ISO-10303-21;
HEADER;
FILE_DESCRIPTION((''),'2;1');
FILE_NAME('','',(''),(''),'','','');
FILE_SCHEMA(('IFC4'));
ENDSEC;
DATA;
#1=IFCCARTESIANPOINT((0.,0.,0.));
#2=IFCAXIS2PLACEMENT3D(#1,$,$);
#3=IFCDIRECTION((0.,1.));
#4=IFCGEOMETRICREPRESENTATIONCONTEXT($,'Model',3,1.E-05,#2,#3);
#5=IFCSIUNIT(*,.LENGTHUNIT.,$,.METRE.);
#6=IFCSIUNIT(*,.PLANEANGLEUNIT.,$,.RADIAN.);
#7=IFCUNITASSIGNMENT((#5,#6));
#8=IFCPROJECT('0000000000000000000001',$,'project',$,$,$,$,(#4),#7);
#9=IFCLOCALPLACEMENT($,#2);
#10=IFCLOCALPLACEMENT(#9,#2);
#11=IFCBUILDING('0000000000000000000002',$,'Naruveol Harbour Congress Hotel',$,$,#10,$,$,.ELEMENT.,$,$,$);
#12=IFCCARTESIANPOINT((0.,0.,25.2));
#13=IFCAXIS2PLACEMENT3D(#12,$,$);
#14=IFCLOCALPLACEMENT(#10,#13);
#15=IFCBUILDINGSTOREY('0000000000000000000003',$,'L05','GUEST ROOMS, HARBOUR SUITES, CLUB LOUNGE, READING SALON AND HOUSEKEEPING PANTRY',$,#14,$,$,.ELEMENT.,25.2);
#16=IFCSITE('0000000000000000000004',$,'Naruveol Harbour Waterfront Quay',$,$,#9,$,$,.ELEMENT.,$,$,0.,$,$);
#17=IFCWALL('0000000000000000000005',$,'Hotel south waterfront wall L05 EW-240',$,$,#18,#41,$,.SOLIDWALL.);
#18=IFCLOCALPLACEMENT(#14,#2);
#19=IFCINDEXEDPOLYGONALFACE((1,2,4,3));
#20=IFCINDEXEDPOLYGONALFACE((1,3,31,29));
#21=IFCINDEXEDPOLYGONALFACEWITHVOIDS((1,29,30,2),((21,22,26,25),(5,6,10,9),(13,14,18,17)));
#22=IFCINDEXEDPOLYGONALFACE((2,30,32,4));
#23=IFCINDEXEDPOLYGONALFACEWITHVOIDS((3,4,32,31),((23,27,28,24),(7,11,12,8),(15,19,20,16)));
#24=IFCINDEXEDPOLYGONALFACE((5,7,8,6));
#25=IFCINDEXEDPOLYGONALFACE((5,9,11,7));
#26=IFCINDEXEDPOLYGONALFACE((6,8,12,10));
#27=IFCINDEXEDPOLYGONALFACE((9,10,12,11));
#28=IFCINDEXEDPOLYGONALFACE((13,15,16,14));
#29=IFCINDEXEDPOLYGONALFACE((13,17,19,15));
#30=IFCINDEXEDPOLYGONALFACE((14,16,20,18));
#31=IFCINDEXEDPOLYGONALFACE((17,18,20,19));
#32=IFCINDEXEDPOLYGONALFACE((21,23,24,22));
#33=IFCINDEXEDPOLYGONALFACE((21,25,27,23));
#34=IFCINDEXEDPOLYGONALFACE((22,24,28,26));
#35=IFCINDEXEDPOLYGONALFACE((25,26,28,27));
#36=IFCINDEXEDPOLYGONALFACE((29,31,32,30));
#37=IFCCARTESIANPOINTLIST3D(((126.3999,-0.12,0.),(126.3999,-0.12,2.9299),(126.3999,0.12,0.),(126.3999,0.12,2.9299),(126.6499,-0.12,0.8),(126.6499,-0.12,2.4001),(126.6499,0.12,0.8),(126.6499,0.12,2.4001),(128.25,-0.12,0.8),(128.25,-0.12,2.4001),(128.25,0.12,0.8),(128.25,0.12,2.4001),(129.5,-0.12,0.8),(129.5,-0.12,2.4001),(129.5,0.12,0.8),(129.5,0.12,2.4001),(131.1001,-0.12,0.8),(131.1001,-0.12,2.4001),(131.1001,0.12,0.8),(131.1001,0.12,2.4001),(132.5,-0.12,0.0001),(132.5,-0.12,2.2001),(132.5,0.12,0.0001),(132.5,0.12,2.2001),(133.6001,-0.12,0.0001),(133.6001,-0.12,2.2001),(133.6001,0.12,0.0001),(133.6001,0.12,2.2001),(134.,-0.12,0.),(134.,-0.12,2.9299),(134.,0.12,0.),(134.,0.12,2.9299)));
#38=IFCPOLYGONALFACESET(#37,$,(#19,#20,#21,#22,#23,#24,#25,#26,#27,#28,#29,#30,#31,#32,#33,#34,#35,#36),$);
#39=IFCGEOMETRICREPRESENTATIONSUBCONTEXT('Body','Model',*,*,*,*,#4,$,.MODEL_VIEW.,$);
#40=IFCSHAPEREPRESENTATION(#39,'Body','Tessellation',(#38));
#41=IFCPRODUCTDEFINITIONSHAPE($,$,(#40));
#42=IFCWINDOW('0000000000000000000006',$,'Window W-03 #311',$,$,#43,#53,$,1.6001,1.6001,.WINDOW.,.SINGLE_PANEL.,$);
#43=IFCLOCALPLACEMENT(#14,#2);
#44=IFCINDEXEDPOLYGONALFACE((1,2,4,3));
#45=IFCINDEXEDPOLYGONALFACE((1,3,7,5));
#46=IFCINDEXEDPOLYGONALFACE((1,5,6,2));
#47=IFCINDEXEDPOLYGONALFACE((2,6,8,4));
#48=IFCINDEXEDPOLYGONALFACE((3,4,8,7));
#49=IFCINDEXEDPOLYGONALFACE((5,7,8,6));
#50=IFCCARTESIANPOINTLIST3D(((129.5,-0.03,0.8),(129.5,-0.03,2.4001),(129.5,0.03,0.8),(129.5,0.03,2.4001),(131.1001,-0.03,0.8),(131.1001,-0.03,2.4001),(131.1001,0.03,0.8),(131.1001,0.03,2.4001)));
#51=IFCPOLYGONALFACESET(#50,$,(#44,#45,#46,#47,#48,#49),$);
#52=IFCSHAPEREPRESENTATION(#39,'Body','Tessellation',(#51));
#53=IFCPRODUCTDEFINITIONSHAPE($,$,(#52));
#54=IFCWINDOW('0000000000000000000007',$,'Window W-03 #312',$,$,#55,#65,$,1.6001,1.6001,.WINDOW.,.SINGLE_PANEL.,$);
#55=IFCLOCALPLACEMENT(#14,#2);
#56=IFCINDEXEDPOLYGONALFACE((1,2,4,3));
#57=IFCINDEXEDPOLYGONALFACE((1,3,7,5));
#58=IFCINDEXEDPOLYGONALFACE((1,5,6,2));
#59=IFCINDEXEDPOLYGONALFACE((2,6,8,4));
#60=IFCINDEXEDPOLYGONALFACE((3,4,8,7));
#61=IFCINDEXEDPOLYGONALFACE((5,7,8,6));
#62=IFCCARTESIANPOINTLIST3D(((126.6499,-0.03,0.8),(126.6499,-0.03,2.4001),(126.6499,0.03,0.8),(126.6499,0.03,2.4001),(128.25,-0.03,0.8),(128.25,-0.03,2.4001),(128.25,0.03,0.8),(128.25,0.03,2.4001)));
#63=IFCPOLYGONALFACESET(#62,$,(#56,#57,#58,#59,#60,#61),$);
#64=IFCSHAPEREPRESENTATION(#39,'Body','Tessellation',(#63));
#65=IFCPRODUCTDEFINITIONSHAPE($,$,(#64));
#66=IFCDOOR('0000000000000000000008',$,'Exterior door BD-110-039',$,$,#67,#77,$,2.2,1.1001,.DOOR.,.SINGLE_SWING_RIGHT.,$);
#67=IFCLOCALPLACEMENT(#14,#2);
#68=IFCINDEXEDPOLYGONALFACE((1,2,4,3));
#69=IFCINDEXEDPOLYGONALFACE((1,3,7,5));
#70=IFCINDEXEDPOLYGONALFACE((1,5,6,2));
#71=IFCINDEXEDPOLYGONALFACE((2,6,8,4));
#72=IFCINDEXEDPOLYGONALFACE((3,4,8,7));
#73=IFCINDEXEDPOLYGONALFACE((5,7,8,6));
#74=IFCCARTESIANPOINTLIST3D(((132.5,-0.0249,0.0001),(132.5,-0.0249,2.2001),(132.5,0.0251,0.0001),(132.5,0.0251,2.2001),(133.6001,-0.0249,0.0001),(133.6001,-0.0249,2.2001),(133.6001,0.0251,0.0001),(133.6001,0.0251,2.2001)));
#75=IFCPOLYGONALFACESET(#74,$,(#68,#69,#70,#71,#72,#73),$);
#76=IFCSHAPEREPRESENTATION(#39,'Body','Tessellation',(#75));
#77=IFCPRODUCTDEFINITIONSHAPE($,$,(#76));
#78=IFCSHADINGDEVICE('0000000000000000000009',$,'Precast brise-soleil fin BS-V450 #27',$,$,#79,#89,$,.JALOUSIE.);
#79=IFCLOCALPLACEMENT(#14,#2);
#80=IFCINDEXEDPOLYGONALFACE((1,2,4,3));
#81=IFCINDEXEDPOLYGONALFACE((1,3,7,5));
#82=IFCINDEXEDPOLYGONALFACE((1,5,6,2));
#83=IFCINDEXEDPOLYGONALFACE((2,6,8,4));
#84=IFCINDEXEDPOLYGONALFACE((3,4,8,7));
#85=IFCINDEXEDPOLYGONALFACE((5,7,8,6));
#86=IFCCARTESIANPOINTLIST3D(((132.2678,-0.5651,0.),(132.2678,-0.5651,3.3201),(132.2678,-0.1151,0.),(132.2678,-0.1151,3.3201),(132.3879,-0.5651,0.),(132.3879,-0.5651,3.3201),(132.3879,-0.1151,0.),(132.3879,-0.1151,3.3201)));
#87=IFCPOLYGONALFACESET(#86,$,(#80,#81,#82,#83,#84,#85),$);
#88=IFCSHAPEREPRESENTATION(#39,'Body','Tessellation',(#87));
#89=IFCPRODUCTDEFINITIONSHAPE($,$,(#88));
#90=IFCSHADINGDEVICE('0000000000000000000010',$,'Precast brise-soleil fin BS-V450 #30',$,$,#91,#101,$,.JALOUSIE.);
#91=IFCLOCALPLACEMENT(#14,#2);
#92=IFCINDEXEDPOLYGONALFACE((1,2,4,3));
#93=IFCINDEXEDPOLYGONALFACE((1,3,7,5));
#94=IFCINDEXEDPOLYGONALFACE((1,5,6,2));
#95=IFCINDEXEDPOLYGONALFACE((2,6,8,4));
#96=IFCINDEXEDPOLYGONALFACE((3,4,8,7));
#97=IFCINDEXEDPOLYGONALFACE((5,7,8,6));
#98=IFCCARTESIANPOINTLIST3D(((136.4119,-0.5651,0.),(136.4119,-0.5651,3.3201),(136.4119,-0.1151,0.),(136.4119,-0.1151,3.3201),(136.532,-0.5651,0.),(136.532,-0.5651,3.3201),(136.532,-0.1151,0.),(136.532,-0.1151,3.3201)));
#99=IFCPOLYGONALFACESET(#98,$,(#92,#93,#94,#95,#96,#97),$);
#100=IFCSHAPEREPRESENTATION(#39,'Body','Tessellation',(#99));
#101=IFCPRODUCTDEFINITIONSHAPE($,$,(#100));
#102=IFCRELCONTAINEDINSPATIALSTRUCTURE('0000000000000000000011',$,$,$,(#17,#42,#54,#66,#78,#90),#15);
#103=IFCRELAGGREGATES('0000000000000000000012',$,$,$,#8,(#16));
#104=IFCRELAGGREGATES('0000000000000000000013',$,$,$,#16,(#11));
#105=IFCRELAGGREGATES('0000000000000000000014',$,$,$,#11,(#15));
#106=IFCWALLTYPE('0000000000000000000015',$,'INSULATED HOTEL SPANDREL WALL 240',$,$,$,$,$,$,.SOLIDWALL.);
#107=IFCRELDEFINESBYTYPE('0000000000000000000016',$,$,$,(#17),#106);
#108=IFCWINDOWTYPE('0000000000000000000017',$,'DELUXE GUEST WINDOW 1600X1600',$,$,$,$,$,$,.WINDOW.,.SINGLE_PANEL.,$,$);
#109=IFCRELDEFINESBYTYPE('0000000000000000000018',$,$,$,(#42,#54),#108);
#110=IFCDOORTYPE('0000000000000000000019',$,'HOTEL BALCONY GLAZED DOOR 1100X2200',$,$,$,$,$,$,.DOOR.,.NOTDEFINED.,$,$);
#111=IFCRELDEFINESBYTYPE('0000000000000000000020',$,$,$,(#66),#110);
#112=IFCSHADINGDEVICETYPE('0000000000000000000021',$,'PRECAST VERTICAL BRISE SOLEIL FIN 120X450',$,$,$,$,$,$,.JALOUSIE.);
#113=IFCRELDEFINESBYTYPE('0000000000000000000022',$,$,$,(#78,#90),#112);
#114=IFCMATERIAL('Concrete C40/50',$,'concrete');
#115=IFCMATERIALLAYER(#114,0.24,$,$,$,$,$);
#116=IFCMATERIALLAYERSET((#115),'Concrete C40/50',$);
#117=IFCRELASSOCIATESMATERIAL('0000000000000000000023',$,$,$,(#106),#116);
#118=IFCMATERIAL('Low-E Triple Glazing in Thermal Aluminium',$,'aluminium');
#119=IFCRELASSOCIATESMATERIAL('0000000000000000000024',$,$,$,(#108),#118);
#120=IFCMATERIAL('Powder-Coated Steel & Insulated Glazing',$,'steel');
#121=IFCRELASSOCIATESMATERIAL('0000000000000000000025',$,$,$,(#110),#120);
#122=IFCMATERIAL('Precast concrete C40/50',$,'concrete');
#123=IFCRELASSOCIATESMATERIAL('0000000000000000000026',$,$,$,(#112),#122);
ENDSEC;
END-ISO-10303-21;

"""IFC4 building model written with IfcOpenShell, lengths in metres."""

from ifc_helpers import new_model, si_unit, direction, frame, frame_2d, origin, origin_2d, place, context, subcontext, project, spatial, rectangle, extrude, material, layer, layer_set, type_object, element, fill, save


model = new_model("IFC4")

# Units and contexts
model_context = context("Model", 3, precision=1e-05, world=origin(), true_north=direction((0.0, 1.0)))
body_context = subcontext(model_context, "Body", "Model", "MODEL_VIEW")
ifc_project = project(units=[si_unit("LENGTHUNIT", "METRE"), si_unit("PLANEANGLEUNIT", "RADIAN")], contexts=[model_context])

# Site, building, storey
site_placement = place(None, origin())
site = spatial("IfcSite", under=ifc_project, at=site_placement, Name="Naruveol Harbour Waterfront Quay", CompositionType="ELEMENT", RefElevation=0.0)
building_placement = place(site_placement, origin())
building = spatial("IfcBuilding", under=site, at=building_placement, Name="Naruveol Harbour Congress Hotel", CompositionType="ELEMENT")
storey_placement = place(building_placement, frame((0.0, 0.0, 25.2)))
storey = spatial("IfcBuildingStorey", under=building, at=storey_placement, Name="L05", Description="GUEST ROOMS, HARBOUR SUITES, CLUB LOUNGE, READING SALON AND HOUSEKEEPING PANTRY", CompositionType="ELEMENT", Elevation=25.2)

# Wall, openings, windows, door
ifc_material_1 = material(Name="Concrete C40/50", Category="concrete")
ifc_layer_1 = layer(ifc_material_1, 0.24)
ifc_layer_set_1 = layer_set([ifc_layer_1], Name="Concrete C40/50")
wall_type_1 = type_object("IfcWallType", Name="INSULATED HOTEL SPANDREL WALL 240", PredefinedType="SOLIDWALL", material=ifc_layer_set_1)
wall_1_placement = place(storey_placement, frame((134.0, 0.0, 0.0), z_axis=(0.0, 0.0, 1.0), x_axis=(-1.0, 0.0, 0.0)))
wall_1 = element("IfcWall", 1, at=wall_1_placement, inside=storey, type_object=wall_type_1, Name="Hotel south waterfront wall L05 EW-240", PredefinedType="SOLIDWALL", context=body_context, shape_type="SweptSolid", body=[
    extrude(rectangle(XDim=7.6001, YDim=0.24, at=frame_2d((3.8, 0.0))), origin(), (0.0, 0.0, 1.0), 2.9299),
])
opening_1_placement = place(wall_1_placement, frame((0.3999, 0.0, 0.0)))
opening_1 = element("IfcOpeningElement", 2, at=opening_1_placement, cuts=wall_1, PredefinedType="OPENING", context=body_context, shape_type="SweptSolid", body=[
    extrude(rectangle(XDim=1.1001, YDim=2.2, at=frame_2d((0.55, 1.1001))), frame((0.0, 0.1299, 0.0), z_axis=(0.0, -1.0, 0.0), x_axis=(1.0, 0.0, 0.0)), (0.0, 0.0, 1.0), 0.26),
])
opening_2_placement = place(wall_1_placement, frame((2.8999, 0.0, 0.8)))
opening_2 = element("IfcOpeningElement", 3, at=opening_2_placement, cuts=wall_1, PredefinedType="OPENING", context=body_context, shape_type="SweptSolid", body=[
    extrude(rectangle(XDim=1.6001, YDim=1.6001, at=frame_2d((0.8, 0.8))), frame((0.0, 0.1299, 0.0), z_axis=(0.0, -1.0, 0.0), x_axis=(1.0, 0.0, 0.0)), (0.0, 0.0, 1.0), 0.26),
])
opening_3_placement = place(wall_1_placement, frame((5.75, 0.0, 0.8)))
opening_3 = element("IfcOpeningElement", 4, at=opening_3_placement, cuts=wall_1, PredefinedType="OPENING", context=body_context, shape_type="SweptSolid", body=[
    extrude(rectangle(XDim=1.6001, YDim=1.6001, at=frame_2d((0.8, 0.8))), frame((0.0, 0.1299, 0.0), z_axis=(0.0, -1.0, 0.0), x_axis=(1.0, 0.0, 0.0)), (0.0, 0.0, 1.0), 0.26),
])
ifc_material_2 = material(Name="Low-E Triple Glazing in Thermal Aluminium", Category="aluminium")
window_type = type_object("IfcWindowType", Name="DELUXE GUEST WINDOW 1600X1600", PartitioningType="SINGLE_PANEL", PredefinedType="WINDOW", material=ifc_material_2)
window_1_placement = place(opening_2_placement, origin())
window_1 = element("IfcWindow", 5, at=window_1_placement, inside=storey, type_object=window_type, Name="Window W-03 #311", OverallHeight=1.6001, OverallWidth=1.6001, PartitioningType="SINGLE_PANEL", PredefinedType="WINDOW", context=body_context, shape_type="SweptSolid", body=[
    extrude(rectangle(XDim=1.6001, YDim=1.6001, at=frame_2d((0.8, 0.8))), frame((0.0, 0.03, 0.0), z_axis=(0.0, -1.0, 0.0), x_axis=(1.0, 0.0, 0.0)), (0.0, 0.0, 1.0), 0.0601),
])
fill(opening_2, window_1)
window_2_placement = place(opening_3_placement, origin())
window_2 = element("IfcWindow", 6, at=window_2_placement, inside=storey, type_object=window_type, Name="Window W-03 #312", OverallHeight=1.6001, OverallWidth=1.6001, PartitioningType="SINGLE_PANEL", PredefinedType="WINDOW", context=body_context, shape_type="SweptSolid", body=[
    extrude(rectangle(XDim=1.6001, YDim=1.6001, at=frame_2d((0.8, 0.8))), frame((0.0, 0.03, 0.0), z_axis=(0.0, -1.0, 0.0), x_axis=(1.0, 0.0, 0.0)), (0.0, 0.0, 1.0), 0.0601),
])
fill(opening_3, window_2)
ifc_material_3 = material(Name="Powder-Coated Steel & Insulated Glazing", Category="steel")
door_type_1 = type_object("IfcDoorType", Name="HOTEL BALCONY GLAZED DOOR 1100X2200", OperationType="NOTDEFINED", PredefinedType="DOOR", material=ifc_material_3)
door_1_placement = place(opening_1_placement, origin())
door_1 = element("IfcDoor", 7, at=door_1_placement, inside=storey, type_object=door_type_1, Name="Exterior door BD-110-039", OperationType="SINGLE_SWING_RIGHT", OverallHeight=2.2, OverallWidth=1.1001, PredefinedType="DOOR", context=body_context, shape_type="SweptSolid", body=[
    extrude(rectangle(XDim=1.1001, YDim=2.2, at=frame_2d((0.55, 1.1001))), frame((0.0, 0.0249, 0.0), z_axis=(0.0, -1.0, 0.0), x_axis=(1.0, 0.0, 0.0)), (0.0, 0.0, 1.0), 0.05),
])
fill(opening_1, door_1)

# Shading devices
ifc_material_4 = material(Name="Precast concrete C40/50", Category="concrete")
shading_device_type = type_object("IfcShadingDeviceType", Name="PRECAST VERTICAL BRISE SOLEIL FIN 120X450", PredefinedType="JALOUSIE", material=ifc_material_4)
for number, where, z_axis, x_axis, name in (
    (8, (132.3279, -0.3401, 0.0), (0.0, 0.0, 1.0), (-1.0, 0.0, 0.0), "Precast brise-soleil fin BS-V450 #27"),
    (9, (136.4719, -0.3401, 0.0), (0.0, 0.0, 1.0), (-1.0, 0.0, 0.0), "Precast brise-soleil fin BS-V450 #30"),
):
    element("IfcShadingDevice", number, at=place(storey_placement, frame(where, z_axis=z_axis, x_axis=x_axis)), inside=storey, type_object=shading_device_type, Name=name, PredefinedType="JALOUSIE", context=body_context, shape_type="SweptSolid", body=[
        extrude(rectangle(XDim=0.1201, YDim=0.45, at=origin_2d()), origin(), (0.0, 0.0, 1.0), 3.3201),
    ])

save(model, "model.ifc")
